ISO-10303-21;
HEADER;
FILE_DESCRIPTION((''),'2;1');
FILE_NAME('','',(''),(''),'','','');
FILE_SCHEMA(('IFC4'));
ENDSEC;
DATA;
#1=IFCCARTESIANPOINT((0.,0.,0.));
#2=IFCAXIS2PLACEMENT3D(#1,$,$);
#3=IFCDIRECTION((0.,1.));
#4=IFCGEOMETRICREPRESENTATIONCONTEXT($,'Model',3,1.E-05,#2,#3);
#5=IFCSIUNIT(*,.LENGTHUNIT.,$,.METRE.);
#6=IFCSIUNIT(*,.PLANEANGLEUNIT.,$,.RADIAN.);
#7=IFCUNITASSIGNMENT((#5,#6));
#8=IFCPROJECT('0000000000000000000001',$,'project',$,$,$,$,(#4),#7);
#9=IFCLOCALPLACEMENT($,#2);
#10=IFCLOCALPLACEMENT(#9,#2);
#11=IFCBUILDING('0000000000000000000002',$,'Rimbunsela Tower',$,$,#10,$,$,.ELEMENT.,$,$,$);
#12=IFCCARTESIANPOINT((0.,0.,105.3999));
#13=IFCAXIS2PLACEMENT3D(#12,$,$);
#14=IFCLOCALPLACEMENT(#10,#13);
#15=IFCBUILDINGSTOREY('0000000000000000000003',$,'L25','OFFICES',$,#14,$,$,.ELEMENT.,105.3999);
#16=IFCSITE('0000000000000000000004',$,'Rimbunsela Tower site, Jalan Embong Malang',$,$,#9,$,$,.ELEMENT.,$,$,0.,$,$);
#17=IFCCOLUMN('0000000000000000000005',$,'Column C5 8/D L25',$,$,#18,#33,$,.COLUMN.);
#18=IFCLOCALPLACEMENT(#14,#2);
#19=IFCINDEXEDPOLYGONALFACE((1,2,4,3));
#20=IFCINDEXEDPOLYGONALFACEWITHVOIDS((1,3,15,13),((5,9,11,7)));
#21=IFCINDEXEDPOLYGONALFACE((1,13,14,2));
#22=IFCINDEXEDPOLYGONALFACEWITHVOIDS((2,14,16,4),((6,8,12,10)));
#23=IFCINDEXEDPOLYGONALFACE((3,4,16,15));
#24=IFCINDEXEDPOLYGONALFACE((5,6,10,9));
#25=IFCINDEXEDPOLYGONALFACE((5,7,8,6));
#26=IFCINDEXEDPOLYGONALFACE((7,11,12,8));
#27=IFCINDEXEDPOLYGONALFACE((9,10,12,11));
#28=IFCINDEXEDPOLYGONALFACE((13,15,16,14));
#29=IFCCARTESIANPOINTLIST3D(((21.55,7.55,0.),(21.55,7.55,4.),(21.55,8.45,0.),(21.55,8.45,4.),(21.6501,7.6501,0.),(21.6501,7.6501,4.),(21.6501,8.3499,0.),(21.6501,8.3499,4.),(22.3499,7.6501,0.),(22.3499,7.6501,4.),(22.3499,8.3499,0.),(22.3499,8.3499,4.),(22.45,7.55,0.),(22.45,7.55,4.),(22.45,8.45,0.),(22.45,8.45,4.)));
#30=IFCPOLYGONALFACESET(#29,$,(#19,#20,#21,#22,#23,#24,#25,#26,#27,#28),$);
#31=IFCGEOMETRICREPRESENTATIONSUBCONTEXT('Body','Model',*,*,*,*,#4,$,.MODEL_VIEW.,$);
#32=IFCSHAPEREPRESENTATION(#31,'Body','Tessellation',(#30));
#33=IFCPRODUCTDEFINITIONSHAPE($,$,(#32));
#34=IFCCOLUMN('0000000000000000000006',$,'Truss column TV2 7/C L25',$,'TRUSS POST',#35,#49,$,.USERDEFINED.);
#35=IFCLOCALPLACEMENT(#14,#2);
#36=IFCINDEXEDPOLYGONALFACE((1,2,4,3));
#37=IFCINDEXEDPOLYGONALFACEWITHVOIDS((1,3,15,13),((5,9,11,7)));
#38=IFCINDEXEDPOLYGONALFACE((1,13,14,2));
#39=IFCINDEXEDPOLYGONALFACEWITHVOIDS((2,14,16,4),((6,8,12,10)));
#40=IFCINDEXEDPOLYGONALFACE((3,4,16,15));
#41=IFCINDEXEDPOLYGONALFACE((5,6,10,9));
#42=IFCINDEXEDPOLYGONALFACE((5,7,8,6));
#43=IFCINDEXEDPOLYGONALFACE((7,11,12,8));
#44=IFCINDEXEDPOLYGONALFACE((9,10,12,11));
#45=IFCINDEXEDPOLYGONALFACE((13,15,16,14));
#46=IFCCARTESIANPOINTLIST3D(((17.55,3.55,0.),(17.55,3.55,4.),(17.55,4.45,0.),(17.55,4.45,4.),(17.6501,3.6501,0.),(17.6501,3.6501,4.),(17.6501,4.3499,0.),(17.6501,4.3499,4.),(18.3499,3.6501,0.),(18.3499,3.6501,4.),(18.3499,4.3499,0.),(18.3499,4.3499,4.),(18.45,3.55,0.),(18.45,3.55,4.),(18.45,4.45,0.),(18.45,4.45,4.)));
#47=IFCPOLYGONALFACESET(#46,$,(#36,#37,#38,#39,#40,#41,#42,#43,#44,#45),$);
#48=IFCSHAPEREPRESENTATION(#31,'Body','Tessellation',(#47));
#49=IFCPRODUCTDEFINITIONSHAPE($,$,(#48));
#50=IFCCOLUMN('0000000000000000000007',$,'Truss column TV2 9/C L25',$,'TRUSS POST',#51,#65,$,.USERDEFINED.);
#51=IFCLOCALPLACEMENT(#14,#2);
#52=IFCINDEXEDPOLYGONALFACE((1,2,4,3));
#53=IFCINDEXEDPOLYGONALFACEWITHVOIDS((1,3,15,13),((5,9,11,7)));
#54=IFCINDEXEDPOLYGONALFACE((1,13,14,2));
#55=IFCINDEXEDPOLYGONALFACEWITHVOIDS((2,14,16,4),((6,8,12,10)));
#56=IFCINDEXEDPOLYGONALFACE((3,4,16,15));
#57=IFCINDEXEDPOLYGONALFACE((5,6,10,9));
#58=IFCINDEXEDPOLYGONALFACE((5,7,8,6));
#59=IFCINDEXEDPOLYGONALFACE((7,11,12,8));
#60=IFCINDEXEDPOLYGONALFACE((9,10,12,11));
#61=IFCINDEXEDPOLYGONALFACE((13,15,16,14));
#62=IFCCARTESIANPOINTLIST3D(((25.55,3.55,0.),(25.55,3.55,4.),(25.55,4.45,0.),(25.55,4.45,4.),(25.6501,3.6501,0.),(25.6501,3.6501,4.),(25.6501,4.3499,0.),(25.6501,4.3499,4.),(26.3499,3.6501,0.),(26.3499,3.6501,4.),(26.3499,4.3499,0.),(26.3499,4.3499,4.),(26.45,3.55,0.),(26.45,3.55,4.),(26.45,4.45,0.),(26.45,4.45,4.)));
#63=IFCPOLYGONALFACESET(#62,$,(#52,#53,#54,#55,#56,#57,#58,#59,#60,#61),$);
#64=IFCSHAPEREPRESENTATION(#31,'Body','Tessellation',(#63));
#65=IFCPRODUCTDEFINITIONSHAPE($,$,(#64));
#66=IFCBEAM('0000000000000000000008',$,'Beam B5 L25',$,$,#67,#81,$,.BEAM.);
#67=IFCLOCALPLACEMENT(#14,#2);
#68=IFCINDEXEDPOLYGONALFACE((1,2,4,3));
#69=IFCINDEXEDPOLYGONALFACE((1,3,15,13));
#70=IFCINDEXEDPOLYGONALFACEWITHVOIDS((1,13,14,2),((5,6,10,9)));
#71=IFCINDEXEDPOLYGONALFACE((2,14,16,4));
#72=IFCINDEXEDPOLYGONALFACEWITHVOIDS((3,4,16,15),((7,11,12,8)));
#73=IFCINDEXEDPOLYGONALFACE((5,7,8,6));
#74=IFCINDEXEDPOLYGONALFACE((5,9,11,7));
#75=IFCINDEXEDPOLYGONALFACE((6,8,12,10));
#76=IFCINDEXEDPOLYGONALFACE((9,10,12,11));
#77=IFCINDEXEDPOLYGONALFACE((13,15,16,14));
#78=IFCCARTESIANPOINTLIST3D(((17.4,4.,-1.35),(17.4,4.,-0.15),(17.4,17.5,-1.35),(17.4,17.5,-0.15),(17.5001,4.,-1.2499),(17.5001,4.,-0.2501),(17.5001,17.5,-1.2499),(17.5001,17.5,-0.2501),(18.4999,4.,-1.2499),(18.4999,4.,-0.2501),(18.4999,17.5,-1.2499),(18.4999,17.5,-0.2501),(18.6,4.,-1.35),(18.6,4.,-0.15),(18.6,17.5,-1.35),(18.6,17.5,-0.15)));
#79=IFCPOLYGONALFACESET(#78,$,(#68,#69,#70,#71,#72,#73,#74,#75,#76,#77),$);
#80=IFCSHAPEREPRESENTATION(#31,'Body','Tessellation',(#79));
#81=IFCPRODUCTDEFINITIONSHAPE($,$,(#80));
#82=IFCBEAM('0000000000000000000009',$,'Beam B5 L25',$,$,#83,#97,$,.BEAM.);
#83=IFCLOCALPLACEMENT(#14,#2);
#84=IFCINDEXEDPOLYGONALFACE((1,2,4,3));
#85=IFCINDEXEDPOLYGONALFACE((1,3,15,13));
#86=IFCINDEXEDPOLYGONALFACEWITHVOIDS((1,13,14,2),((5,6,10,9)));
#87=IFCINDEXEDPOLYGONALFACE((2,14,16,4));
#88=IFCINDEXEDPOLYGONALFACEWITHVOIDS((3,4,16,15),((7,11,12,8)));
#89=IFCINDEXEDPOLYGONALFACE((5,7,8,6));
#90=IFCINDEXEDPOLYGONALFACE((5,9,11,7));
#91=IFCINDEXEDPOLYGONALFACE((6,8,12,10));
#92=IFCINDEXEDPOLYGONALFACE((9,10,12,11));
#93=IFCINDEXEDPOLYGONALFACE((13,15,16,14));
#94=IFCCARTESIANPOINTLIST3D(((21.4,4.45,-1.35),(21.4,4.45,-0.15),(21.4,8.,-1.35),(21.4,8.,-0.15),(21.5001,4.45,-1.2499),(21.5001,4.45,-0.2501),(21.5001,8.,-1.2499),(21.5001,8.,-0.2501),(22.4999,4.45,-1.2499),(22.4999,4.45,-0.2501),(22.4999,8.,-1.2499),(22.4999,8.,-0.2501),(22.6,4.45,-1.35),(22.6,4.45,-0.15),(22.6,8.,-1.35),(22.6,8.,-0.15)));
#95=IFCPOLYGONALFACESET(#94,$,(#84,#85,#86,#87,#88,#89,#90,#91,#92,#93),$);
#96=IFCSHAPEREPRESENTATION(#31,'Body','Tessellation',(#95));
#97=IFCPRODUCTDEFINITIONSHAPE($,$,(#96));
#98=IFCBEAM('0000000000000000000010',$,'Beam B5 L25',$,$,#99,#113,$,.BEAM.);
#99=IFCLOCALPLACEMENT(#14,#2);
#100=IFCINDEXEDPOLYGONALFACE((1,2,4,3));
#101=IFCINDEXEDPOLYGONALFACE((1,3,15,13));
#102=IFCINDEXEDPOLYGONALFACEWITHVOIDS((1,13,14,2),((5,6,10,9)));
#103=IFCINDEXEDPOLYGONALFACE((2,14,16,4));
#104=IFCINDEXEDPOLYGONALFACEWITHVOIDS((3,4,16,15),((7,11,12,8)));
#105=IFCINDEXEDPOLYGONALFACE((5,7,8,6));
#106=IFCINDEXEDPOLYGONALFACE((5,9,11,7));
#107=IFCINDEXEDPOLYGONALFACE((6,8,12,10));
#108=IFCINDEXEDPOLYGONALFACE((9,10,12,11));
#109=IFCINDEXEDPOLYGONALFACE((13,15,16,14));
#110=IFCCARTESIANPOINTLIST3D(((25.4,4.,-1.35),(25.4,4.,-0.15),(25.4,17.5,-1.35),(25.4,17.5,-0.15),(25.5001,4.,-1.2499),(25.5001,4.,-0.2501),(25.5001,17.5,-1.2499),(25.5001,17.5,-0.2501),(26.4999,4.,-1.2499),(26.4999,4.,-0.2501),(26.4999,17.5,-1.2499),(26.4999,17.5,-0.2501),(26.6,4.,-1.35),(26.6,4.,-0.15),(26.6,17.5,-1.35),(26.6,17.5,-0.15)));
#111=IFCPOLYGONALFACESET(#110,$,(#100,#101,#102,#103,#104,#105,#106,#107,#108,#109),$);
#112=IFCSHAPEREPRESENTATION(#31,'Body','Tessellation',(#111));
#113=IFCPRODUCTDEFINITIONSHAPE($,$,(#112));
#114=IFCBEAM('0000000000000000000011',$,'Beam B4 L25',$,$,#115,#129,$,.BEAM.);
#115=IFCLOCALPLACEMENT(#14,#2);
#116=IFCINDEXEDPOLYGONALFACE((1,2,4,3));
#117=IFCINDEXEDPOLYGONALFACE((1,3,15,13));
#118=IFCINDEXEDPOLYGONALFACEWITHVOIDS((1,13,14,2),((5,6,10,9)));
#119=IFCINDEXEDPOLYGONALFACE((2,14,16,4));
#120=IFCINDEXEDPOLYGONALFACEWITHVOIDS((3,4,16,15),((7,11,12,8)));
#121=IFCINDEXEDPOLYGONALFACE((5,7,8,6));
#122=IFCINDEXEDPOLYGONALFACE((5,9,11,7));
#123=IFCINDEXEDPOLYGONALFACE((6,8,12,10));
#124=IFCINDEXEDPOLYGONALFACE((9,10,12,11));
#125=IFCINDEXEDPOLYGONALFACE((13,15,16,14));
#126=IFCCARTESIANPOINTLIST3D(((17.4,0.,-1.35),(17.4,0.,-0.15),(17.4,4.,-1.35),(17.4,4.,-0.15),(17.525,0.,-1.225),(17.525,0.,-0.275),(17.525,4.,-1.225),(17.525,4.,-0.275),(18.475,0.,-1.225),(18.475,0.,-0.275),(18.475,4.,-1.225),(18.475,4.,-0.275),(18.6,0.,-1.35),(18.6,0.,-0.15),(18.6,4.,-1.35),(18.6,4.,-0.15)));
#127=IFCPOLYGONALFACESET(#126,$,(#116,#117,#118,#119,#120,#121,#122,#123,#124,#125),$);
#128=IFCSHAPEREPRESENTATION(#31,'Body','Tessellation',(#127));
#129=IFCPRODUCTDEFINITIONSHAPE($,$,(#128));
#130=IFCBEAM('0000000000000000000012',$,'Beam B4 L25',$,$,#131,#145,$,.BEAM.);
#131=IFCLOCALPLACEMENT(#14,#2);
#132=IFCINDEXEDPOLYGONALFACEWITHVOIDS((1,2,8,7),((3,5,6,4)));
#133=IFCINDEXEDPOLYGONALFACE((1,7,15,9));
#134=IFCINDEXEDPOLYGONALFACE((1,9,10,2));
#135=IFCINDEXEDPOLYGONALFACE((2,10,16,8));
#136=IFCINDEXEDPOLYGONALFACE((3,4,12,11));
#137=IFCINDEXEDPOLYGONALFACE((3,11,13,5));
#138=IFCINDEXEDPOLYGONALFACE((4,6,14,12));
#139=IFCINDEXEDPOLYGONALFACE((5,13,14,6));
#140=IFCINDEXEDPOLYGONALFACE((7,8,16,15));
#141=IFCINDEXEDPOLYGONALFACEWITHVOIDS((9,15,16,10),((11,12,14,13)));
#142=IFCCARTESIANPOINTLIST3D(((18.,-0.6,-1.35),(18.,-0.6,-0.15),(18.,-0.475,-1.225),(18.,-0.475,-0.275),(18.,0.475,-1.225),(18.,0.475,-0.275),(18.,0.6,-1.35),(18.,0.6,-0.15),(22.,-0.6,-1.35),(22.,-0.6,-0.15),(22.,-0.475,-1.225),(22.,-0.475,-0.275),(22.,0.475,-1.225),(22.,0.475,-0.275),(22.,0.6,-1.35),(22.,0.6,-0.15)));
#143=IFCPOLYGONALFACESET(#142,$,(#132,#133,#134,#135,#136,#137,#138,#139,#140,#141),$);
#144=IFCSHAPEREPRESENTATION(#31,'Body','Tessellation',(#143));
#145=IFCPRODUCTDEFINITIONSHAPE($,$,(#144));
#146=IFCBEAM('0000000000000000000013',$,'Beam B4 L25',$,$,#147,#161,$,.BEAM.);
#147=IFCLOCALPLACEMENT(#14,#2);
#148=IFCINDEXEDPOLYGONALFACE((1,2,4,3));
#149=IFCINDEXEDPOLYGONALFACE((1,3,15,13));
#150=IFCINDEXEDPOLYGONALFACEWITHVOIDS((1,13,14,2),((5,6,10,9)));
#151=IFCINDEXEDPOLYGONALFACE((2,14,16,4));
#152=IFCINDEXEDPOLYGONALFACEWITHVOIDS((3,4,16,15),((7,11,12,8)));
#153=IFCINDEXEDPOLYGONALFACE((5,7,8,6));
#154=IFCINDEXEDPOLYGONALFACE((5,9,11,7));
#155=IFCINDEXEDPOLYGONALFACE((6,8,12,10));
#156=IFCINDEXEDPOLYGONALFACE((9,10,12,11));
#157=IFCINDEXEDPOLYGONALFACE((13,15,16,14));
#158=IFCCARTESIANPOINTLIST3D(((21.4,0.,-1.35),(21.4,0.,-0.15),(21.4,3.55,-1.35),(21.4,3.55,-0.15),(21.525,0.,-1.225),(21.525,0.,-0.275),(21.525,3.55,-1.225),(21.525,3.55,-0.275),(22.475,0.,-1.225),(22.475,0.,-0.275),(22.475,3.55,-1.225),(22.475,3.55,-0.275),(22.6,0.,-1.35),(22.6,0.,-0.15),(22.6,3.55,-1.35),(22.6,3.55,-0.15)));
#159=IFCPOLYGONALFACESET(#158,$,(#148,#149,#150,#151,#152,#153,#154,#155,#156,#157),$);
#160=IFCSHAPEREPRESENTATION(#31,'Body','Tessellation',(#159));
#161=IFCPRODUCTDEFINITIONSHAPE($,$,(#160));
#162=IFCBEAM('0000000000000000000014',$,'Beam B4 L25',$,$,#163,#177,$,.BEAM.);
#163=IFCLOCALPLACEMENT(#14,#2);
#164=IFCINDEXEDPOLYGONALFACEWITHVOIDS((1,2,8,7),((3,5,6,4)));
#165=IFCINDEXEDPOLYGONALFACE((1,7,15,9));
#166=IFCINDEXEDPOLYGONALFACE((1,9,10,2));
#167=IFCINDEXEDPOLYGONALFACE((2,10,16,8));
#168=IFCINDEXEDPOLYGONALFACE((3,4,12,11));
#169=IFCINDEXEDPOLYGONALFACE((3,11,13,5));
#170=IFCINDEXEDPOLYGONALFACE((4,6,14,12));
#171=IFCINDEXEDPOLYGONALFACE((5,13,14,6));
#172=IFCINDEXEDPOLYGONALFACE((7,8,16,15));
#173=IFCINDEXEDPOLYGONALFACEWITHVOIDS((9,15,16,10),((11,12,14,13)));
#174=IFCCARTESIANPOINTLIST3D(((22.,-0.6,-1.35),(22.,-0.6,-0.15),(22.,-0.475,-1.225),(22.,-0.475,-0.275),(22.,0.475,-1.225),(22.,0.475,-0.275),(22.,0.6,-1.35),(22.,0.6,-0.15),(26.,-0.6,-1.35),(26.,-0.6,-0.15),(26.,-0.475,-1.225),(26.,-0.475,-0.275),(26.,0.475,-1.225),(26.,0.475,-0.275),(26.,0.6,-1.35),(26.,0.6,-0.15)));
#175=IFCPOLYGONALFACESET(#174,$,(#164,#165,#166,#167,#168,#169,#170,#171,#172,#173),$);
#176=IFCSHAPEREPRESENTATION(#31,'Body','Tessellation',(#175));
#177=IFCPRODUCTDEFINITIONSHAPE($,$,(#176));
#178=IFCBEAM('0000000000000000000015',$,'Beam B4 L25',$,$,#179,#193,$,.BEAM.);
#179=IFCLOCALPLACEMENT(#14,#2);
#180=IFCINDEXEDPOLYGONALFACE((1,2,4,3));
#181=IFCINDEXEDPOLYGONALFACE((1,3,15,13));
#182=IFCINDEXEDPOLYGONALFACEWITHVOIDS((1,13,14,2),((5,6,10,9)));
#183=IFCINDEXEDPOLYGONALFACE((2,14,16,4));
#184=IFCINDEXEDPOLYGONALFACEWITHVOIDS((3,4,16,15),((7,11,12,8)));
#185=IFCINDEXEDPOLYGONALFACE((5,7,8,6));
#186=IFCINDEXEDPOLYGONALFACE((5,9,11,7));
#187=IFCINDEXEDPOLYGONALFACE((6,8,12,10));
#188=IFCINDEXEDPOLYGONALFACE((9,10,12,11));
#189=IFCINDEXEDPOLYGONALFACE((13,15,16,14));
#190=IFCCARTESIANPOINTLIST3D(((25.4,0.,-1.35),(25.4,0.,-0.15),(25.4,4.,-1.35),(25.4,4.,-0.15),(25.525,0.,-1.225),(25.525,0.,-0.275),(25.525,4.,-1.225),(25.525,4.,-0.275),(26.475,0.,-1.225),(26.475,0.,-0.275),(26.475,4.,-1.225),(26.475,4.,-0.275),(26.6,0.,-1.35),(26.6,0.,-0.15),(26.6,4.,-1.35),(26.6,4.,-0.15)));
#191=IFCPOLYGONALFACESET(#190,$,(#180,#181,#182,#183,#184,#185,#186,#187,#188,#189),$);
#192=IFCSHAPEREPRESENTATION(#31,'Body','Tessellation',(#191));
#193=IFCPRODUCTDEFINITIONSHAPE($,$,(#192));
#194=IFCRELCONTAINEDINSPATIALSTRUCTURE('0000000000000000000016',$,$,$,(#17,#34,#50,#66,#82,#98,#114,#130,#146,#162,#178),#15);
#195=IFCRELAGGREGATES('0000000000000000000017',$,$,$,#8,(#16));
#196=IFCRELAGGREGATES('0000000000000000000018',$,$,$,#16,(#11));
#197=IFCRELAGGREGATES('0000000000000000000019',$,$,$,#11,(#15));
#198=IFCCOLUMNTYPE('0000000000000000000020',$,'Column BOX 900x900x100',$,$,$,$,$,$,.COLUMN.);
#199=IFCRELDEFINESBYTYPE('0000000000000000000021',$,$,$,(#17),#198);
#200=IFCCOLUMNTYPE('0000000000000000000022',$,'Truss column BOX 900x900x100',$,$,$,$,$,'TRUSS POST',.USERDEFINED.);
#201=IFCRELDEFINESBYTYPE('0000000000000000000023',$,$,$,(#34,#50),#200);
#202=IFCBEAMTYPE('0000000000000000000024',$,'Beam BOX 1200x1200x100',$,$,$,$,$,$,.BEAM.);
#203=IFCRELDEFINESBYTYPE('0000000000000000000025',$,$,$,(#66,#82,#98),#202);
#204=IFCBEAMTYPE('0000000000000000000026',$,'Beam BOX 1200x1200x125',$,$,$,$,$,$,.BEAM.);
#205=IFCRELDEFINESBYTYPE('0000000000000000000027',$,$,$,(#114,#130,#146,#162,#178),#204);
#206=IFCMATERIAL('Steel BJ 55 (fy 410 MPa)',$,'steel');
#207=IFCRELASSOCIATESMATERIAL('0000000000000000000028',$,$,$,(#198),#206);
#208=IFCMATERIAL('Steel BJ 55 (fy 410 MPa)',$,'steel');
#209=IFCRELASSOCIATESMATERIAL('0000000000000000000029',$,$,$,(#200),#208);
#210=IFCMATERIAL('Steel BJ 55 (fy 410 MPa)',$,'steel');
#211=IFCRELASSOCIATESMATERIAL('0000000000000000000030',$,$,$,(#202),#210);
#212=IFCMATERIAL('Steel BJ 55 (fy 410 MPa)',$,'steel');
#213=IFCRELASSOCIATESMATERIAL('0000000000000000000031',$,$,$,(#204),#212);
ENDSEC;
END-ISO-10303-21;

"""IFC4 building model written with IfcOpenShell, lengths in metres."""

from ifc_helpers import new_model, si_unit, direction, frame, origin, origin_2d, place, context, subcontext, project, spatial, hollow_rectangle, extrude, material, material_profile, profile_set, type_object, element, save


model = new_model("IFC4")

# Units and contexts
model_context = context("Model", 3, precision=1e-05, world=origin(), true_north=direction((0.0, 1.0)))
body_context = subcontext(model_context, "Body", "Model", "MODEL_VIEW")
ifc_project = project(units=[si_unit("LENGTHUNIT", "METRE"), si_unit("PLANEANGLEUNIT", "RADIAN")], contexts=[model_context])

# Site, building, storey
site_placement = place(None, origin())
site = spatial("IfcSite", under=ifc_project, at=site_placement, Name="Rimbunsela Tower site, Jalan Embong Malang", CompositionType="ELEMENT", RefElevation=0.0)
building_placement = place(site_placement, origin())
building = spatial("IfcBuilding", under=site, at=building_placement, Name="Rimbunsela Tower", CompositionType="ELEMENT")
storey_placement = place(building_placement, frame((0.0, 0.0, 105.3999)))
storey = spatial("IfcBuildingStorey", under=building, at=storey_placement, Name="L25", Description="OFFICES", CompositionType="ELEMENT", Elevation=105.3999)

# Columns
ifc_material_1 = material(Name="Steel BJ 55 (fy 410 MPa)", Category="steel")
ifc_material_profile_1 = material_profile(ifc_material_1, hollow_rectangle(XDim=0.8999, YDim=0.8999, WallThickness=0.1001, at=origin_2d()), Name="BOX 900x900x100")
ifc_profile_set_1 = profile_set([ifc_material_profile_1], Name="Steel BJ 55 (fy 410 MPa)")
column_type_1 = type_object("IfcColumnType", Name="Column BOX 900x900x100", PredefinedType="COLUMN", material=ifc_profile_set_1)
column_placement = place(storey_placement, frame((22.0, 8.0, 0.0), z_axis=(0.0, 0.0, 1.0), x_axis=(1.0, 0.0, 0.0)))
element("IfcColumn", 1, at=column_placement, inside=storey, type_object=column_type_1, Name="Column C5 8/D L25", PredefinedType="COLUMN", context=body_context, shape_type="SweptSolid", body=[
    extrude(hollow_rectangle(XDim=0.8999, YDim=0.8999, WallThickness=0.1001, at=origin_2d()), origin(), (0.0, 0.0, 1.0), 4.0),
])
ifc_material_2 = material(Name="Steel BJ 55 (fy 410 MPa)", Category="steel")
ifc_material_profile_2 = material_profile(ifc_material_2, hollow_rectangle(XDim=0.8999, YDim=0.8999, WallThickness=0.1001, at=origin_2d()), Name="BOX 900x900x100")
ifc_profile_set_2 = profile_set([ifc_material_profile_2], Name="Steel BJ 55 (fy 410 MPa)")
column_type_2 = type_object("IfcColumnType", Name="Truss column BOX 900x900x100", ElementType="TRUSS POST", PredefinedType="USERDEFINED", material=ifc_profile_set_2)
for number, where, z_axis, x_axis, name in (
    (2, (18.0, 4.0, 0.0), (0.0, 0.0, 1.0), (1.0, 0.0, 0.0), "Truss column TV2 7/C L25"),
    (3, (26.0, 4.0, 0.0), (0.0, 0.0, 1.0), (1.0, 0.0, 0.0), "Truss column TV2 9/C L25"),
):
    element("IfcColumn", number, at=place(storey_placement, frame(where, z_axis=z_axis, x_axis=x_axis)), inside=storey, type_object=column_type_2, Name=name, ObjectType="TRUSS POST", PredefinedType="USERDEFINED", context=body_context, shape_type="SweptSolid", body=[
        extrude(hollow_rectangle(XDim=0.8999, YDim=0.8999, WallThickness=0.1001, at=origin_2d()), origin(), (0.0, 0.0, 1.0), 4.0),
    ])

# Beams
ifc_material_3 = material(Name="Steel BJ 55 (fy 410 MPa)", Category="steel")
ifc_material_profile_3 = material_profile(ifc_material_3, hollow_rectangle(XDim=1.2, YDim=1.2, WallThickness=0.1001, at=origin_2d()), Name="BOX 1200x1200x100")
ifc_profile_set_3 = profile_set([ifc_material_profile_3], Name="Steel BJ 55 (fy 410 MPa)")
beam_type_1 = type_object("IfcBeamType", Name="Beam BOX 1200x1200x100", PredefinedType="BEAM", material=ifc_profile_set_3)
beam_1_placement = place(storey_placement, frame((18.0, 4.0, -0.75), z_axis=(0.0, 1.0, 0.0), x_axis=(-1.0, 0.0, 0.0)))
element("IfcBeam", 4, at=beam_1_placement, inside=storey, type_object=beam_type_1, Name="Beam B5 L25", PredefinedType="BEAM", context=body_context, shape_type="SweptSolid", body=[
    extrude(hollow_rectangle(XDim=1.2, YDim=1.2, WallThickness=0.1001, at=origin_2d()), origin(), (0.0, 0.0, 1.0), 13.5),
])
beam_2_placement = place(storey_placement, frame((22.0, 4.45, -0.75), z_axis=(0.0, 1.0, 0.0), x_axis=(-1.0, 0.0, 0.0)))
element("IfcBeam", 5, at=beam_2_placement, inside=storey, type_object=beam_type_1, Name="Beam B5 L25", PredefinedType="BEAM", context=body_context, shape_type="SweptSolid", body=[
    extrude(hollow_rectangle(XDim=1.2, YDim=1.2, WallThickness=0.1001, at=origin_2d()), origin(), (0.0, 0.0, 1.0), 3.55),
])
beam_3_placement = place(storey_placement, frame((26.0, 4.0, -0.75), z_axis=(0.0, 1.0, 0.0), x_axis=(-1.0, 0.0, 0.0)))
element("IfcBeam", 6, at=beam_3_placement, inside=storey, type_object=beam_type_1, Name="Beam B5 L25", PredefinedType="BEAM", context=body_context, shape_type="SweptSolid", body=[
    extrude(hollow_rectangle(XDim=1.2, YDim=1.2, WallThickness=0.1001, at=origin_2d()), origin(), (0.0, 0.0, 1.0), 13.5),
])
ifc_material_4 = material(Name="Steel BJ 55 (fy 410 MPa)", Category="steel")
ifc_material_profile_4 = material_profile(ifc_material_4, hollow_rectangle(XDim=1.2, YDim=1.2, WallThickness=0.125, at=origin_2d()), Name="BOX 1200x1200x125")
ifc_profile_set_4 = profile_set([ifc_material_profile_4], Name="Steel BJ 55 (fy 410 MPa)")
beam_type_2 = type_object("IfcBeamType", Name="Beam BOX 1200x1200x125", PredefinedType="BEAM", material=ifc_profile_set_4)
for number, where, z_axis, x_axis, name in (
    (7, (18.0, 0.0, -0.75), (0.0, 1.0, 0.0), (-1.0, 0.0, 0.0), "Beam B4 L25"),
    (8, (18.0, 0.0, -0.75), (1.0, 0.0, 0.0), (0.0, 1.0, 0.0), "Beam B4 L25"),
):
    element("IfcBeam", number, at=place(storey_placement, frame(where, z_axis=z_axis, x_axis=x_axis)), inside=storey, type_object=beam_type_2, Name=name, PredefinedType="BEAM", context=body_context, shape_type="SweptSolid", body=[
        extrude(hollow_rectangle(XDim=1.2, YDim=1.2, WallThickness=0.125, at=origin_2d()), origin(), (0.0, 0.0, 1.0), 4.0),
    ])
beam_4_placement = place(storey_placement, frame((22.0, 0.0, -0.75), z_axis=(0.0, 1.0, 0.0), x_axis=(-1.0, 0.0, 0.0)))
element("IfcBeam", 9, at=beam_4_placement, inside=storey, type_object=beam_type_2, Name="Beam B4 L25", PredefinedType="BEAM", context=body_context, shape_type="SweptSolid", body=[
    extrude(hollow_rectangle(XDim=1.2, YDim=1.2, WallThickness=0.125, at=origin_2d()), origin(), (0.0, 0.0, 1.0), 3.55),
])
for number, where, z_axis, x_axis, name in (
    (10, (22.0, 0.0, -0.75), (1.0, 0.0, 0.0), (0.0, 1.0, 0.0), "Beam B4 L25"),
    (11, (26.0, 0.0, -0.75), (0.0, 1.0, 0.0), (-1.0, 0.0, 0.0), "Beam B4 L25"),
):
    element("IfcBeam", number, at=place(storey_placement, frame(where, z_axis=z_axis, x_axis=x_axis)), inside=storey, type_object=beam_type_2, Name=name, PredefinedType="BEAM", context=body_context, shape_type="SweptSolid", body=[
        extrude(hollow_rectangle(XDim=1.2, YDim=1.2, WallThickness=0.125, at=origin_2d()), origin(), (0.0, 0.0, 1.0), 4.0),
    ])

save(model, "model.ifc")
